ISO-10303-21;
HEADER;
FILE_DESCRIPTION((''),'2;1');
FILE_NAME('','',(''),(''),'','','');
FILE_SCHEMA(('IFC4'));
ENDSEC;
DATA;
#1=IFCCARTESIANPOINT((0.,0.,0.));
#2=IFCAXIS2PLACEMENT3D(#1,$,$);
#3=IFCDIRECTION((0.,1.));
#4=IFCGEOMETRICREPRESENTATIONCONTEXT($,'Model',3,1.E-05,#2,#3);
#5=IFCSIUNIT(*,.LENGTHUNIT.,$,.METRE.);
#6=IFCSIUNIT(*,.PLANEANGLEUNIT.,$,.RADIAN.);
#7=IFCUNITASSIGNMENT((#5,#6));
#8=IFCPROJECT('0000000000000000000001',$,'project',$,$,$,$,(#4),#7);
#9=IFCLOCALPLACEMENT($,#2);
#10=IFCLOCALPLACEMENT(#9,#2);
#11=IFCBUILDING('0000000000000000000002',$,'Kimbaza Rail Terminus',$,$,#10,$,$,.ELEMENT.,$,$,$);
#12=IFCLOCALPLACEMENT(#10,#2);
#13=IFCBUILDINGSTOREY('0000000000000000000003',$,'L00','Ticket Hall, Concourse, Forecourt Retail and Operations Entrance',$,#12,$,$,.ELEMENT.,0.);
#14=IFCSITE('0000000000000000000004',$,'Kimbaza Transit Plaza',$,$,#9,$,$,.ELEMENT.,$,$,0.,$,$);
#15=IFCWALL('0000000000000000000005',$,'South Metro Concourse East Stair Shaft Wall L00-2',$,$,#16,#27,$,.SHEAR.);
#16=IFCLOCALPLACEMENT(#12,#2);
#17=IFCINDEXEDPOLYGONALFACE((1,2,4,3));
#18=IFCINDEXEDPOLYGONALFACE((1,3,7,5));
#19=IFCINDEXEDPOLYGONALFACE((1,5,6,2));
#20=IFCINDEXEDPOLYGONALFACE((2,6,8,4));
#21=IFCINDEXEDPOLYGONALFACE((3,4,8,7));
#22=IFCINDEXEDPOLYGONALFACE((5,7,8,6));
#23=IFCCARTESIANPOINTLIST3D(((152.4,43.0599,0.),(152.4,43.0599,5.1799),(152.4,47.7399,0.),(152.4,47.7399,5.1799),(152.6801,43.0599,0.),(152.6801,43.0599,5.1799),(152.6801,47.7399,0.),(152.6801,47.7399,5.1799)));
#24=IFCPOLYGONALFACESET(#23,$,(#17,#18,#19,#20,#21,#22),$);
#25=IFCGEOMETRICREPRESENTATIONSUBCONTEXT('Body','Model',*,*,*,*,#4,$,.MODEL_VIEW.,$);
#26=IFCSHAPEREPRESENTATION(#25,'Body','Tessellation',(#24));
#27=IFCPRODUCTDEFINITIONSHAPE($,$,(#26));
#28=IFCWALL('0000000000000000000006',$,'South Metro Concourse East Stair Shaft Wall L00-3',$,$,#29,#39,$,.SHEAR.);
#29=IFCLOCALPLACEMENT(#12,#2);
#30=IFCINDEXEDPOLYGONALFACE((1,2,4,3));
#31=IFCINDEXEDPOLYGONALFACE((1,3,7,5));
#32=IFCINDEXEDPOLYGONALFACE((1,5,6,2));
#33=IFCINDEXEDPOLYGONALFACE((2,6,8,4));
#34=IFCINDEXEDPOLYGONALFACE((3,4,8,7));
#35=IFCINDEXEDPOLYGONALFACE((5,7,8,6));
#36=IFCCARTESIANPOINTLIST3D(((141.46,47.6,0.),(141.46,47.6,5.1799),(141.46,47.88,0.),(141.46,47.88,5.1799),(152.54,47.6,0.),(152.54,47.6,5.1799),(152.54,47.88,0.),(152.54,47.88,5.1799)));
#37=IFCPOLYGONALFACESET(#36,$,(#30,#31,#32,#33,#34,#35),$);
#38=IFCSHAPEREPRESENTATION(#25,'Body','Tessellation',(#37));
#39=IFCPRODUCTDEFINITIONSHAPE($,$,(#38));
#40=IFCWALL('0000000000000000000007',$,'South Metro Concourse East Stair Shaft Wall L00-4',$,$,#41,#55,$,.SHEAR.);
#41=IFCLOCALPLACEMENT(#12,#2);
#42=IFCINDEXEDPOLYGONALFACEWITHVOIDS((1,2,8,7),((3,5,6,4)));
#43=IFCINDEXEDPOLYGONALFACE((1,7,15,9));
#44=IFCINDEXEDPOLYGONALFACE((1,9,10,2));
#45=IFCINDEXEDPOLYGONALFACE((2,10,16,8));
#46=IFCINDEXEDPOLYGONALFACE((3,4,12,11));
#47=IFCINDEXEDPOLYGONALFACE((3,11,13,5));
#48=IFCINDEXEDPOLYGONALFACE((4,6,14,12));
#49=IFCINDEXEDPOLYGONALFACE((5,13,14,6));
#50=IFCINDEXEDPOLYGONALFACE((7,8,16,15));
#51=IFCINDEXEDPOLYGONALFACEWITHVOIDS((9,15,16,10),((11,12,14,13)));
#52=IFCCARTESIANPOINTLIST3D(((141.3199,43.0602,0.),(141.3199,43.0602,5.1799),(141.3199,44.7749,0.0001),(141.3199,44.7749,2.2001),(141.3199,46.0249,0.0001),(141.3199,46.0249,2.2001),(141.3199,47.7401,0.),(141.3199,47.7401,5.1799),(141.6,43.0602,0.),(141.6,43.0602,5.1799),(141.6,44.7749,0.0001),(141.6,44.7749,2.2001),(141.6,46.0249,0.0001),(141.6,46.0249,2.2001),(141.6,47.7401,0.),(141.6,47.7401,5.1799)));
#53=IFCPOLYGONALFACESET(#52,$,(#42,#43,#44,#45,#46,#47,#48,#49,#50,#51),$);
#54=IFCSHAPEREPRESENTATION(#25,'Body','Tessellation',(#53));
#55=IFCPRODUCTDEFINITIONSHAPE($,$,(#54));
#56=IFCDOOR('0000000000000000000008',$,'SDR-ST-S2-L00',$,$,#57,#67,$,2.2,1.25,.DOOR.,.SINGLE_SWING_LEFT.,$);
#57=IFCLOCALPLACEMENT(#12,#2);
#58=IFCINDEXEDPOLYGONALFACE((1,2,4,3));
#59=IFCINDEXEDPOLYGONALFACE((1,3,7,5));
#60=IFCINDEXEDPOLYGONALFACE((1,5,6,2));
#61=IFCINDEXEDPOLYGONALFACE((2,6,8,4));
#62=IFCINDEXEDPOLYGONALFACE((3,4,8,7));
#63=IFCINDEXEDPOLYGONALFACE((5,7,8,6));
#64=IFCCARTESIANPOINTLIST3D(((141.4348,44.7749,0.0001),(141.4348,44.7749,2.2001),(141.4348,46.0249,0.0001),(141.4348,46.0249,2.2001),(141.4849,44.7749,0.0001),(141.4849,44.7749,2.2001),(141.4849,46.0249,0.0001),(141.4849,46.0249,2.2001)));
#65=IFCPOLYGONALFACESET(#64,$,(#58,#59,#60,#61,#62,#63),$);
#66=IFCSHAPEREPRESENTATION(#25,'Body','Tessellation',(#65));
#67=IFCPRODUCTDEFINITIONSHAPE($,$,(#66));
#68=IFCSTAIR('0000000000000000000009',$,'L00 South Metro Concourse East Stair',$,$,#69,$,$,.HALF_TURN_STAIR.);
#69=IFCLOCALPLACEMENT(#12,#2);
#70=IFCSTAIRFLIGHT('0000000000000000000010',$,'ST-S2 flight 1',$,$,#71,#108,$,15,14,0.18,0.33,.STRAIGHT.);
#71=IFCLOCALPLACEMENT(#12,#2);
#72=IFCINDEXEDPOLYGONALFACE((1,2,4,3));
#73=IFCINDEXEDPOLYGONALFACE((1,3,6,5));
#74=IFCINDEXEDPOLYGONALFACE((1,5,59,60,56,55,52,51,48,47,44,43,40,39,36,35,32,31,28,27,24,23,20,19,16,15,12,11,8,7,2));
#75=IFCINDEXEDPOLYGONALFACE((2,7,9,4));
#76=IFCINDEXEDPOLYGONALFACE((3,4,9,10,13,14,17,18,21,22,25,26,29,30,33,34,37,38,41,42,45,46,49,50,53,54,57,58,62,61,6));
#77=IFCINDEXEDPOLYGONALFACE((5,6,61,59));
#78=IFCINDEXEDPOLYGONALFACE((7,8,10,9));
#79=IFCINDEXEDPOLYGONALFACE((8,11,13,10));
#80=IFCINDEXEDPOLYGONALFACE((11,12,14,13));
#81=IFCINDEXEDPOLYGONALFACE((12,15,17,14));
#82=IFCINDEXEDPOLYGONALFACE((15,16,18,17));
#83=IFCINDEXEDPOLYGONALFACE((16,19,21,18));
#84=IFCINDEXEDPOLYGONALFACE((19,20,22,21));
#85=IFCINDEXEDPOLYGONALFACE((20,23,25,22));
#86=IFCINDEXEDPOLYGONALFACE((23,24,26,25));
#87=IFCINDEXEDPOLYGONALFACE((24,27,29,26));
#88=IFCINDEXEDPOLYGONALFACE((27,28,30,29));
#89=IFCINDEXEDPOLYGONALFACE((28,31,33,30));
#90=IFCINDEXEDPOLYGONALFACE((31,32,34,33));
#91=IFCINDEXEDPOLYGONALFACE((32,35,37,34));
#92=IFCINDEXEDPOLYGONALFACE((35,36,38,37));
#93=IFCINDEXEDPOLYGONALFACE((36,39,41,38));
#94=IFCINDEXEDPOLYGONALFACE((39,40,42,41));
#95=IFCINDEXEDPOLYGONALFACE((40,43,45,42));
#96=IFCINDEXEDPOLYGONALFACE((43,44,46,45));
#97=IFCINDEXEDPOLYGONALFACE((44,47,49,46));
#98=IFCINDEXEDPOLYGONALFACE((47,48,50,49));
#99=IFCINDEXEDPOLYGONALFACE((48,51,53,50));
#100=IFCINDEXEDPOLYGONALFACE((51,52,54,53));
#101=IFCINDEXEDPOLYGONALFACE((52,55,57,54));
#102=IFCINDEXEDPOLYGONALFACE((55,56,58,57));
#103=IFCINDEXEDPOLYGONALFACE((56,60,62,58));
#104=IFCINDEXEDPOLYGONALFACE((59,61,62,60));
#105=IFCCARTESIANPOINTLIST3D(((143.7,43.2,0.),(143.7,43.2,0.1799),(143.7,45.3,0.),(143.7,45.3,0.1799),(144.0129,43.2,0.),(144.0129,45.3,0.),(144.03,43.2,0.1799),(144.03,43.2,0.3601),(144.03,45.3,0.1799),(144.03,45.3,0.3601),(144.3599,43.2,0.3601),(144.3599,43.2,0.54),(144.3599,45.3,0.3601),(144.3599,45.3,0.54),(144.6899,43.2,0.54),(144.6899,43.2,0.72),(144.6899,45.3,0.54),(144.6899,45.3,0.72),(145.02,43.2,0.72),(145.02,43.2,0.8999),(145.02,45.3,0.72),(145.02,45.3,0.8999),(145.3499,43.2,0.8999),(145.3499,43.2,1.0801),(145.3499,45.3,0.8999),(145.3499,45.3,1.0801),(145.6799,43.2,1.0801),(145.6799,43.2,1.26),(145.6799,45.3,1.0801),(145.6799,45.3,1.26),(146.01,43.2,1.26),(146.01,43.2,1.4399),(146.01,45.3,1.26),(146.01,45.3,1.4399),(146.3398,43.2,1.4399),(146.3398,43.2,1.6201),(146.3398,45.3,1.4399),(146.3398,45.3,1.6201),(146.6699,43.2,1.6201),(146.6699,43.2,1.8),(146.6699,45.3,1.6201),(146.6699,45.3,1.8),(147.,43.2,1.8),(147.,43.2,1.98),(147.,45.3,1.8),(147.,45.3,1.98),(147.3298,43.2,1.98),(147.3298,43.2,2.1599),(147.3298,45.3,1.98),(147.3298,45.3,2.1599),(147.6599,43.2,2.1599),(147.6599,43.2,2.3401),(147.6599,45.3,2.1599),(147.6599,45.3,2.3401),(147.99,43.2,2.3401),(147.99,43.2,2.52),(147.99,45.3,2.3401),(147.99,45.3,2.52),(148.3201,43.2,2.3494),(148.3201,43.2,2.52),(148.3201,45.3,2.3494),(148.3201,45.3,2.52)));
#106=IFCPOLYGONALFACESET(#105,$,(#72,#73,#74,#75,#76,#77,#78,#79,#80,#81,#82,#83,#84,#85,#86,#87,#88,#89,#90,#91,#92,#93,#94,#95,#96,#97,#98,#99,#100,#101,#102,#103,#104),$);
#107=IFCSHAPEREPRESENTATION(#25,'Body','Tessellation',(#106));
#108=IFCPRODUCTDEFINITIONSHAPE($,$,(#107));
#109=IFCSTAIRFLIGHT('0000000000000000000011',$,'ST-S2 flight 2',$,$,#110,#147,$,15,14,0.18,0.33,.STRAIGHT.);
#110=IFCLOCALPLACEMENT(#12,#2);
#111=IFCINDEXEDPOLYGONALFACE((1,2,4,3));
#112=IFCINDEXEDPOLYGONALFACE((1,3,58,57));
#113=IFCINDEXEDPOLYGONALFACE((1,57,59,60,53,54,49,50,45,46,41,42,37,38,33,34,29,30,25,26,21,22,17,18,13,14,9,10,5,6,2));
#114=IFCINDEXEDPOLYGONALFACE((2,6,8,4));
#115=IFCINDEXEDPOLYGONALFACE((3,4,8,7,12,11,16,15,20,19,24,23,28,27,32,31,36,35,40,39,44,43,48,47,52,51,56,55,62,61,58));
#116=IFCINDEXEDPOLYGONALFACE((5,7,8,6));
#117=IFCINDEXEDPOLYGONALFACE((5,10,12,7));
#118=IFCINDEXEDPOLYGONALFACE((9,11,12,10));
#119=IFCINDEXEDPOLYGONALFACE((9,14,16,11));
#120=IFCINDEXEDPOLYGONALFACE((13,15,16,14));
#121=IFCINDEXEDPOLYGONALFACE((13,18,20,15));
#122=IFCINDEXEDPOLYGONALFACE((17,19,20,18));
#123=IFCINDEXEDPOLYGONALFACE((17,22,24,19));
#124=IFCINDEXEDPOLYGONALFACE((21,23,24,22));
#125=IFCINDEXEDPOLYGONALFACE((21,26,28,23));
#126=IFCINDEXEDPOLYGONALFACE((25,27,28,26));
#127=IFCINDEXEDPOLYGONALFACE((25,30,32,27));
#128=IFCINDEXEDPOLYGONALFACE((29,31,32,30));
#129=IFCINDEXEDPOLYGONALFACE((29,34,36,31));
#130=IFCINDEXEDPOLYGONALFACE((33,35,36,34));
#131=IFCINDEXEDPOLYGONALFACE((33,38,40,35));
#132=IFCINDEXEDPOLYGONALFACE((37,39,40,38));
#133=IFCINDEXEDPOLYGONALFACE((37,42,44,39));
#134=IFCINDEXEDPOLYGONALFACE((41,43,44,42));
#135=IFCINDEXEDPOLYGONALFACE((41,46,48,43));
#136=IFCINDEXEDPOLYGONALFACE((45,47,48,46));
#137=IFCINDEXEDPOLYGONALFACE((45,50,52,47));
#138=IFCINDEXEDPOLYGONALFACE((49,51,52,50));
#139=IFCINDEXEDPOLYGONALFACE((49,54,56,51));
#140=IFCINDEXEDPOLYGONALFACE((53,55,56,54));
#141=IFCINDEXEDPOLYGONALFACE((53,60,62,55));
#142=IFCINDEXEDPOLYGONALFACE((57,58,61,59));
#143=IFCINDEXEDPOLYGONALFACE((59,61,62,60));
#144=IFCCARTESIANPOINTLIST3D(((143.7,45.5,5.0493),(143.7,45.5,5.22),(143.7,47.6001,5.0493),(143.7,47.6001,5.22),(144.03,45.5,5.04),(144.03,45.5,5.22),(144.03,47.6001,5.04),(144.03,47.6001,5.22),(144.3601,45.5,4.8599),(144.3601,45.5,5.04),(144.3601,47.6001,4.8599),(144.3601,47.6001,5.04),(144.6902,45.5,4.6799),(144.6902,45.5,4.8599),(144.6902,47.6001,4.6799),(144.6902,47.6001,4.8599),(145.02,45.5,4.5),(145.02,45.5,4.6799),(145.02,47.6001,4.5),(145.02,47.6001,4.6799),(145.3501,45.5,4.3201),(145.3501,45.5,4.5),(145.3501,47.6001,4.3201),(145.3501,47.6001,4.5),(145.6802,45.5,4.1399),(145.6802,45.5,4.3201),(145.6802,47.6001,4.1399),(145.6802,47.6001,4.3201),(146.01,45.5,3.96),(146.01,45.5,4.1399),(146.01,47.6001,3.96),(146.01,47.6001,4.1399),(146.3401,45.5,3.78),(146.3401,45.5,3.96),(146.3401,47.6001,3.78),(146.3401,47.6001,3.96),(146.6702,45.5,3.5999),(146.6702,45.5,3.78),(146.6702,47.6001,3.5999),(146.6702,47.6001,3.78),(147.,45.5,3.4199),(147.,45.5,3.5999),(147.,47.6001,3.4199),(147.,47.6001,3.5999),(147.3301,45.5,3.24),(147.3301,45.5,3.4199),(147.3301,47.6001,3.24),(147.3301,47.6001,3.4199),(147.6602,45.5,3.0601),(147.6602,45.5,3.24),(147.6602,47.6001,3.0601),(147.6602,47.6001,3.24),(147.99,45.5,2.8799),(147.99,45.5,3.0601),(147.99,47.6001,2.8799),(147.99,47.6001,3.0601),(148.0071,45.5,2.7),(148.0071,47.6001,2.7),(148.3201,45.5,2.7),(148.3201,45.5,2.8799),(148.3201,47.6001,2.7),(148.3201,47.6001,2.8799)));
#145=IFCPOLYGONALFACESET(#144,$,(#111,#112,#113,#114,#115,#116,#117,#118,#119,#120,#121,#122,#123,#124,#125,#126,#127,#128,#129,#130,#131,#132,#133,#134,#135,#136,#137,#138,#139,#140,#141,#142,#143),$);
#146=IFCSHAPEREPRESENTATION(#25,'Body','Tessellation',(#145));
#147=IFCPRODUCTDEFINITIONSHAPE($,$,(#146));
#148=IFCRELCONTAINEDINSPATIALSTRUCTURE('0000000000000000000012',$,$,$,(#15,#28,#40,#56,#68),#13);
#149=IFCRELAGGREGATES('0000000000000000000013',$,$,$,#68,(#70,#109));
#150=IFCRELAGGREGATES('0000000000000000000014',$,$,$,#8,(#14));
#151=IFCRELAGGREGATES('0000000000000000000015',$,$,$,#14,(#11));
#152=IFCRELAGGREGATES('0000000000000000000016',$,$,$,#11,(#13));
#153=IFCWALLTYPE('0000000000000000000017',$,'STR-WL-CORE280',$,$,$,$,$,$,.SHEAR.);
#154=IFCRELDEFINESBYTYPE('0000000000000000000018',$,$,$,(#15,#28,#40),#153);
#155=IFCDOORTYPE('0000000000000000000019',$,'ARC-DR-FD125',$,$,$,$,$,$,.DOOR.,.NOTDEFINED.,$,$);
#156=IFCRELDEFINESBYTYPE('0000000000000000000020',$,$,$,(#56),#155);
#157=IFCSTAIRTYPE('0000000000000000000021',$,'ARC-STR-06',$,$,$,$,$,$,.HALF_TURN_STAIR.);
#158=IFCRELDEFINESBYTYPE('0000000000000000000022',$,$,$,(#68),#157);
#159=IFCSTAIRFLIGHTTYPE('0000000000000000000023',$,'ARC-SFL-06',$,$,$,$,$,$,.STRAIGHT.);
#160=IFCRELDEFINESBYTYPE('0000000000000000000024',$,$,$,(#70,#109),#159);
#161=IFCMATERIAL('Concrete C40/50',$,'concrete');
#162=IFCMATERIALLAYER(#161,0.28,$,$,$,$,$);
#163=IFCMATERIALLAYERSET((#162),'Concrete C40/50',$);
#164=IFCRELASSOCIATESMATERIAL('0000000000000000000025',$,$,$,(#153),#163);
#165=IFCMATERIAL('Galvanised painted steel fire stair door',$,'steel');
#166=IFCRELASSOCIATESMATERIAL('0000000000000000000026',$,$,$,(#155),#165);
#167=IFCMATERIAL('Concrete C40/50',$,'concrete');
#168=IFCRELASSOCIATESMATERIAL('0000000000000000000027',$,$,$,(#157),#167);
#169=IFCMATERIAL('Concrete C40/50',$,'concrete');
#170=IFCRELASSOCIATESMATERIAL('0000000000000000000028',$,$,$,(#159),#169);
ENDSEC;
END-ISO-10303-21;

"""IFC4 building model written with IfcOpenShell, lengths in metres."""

from ifc_helpers import new_model, si_unit, direction, frame, frame_2d, origin, place, context, subcontext, project, spatial, polyline, rectangle, outline, extrude, material, layer, layer_set, type_object, element, fill, aggregate, save


model = new_model("IFC4")

# Units and contexts
model_context = context("Model", 3, precision=1e-05, world=origin(), true_north=direction((0.0, 1.0)))
body_context = subcontext(model_context, "Body", "Model", "MODEL_VIEW")
ifc_project = project(units=[si_unit("LENGTHUNIT", "METRE"), si_unit("PLANEANGLEUNIT", "RADIAN")], contexts=[model_context])

# Site, building, storey
site_placement = place(None, origin())
site = spatial("IfcSite", under=ifc_project, at=site_placement, Name="Kimbaza Transit Plaza", CompositionType="ELEMENT", RefElevation=0.0)
building_placement = place(site_placement, origin())
building = spatial("IfcBuilding", under=site, at=building_placement, Name="Kimbaza Rail Terminus", CompositionType="ELEMENT")
storey_placement = place(building_placement, origin())
storey = spatial("IfcBuildingStorey", under=building, at=storey_placement, Name="L00", Description="Ticket Hall, Concourse, Forecourt Retail and Operations Entrance", CompositionType="ELEMENT", Elevation=0.0)

# Walls
ifc_material_1 = material(Name="Concrete C40/50", Category="concrete")
ifc_layer_1 = layer(ifc_material_1, 0.28)
ifc_layer_set_1 = layer_set([ifc_layer_1], Name="Concrete C40/50")
wall_type_1 = type_object("IfcWallType", Name="STR-WL-CORE280", PredefinedType="SHEAR", material=ifc_layer_set_1)
wall_1_placement = place(storey_placement, frame((152.54, 43.0601, 0.0), z_axis=(0.0, 0.0, 1.0), x_axis=(0.0, 1.0, 0.0)))
element("IfcWall", 1, at=wall_1_placement, inside=storey, type_object=wall_type_1, Name="South Metro Concourse East Stair Shaft Wall L00-2", PredefinedType="SHEAR", context=body_context, shape_type="SweptSolid", body=[
    extrude(rectangle(XDim=4.6799, YDim=0.28, at=frame_2d((2.3398, 0.0))), origin(), (0.0, 0.0, 1.0), 5.1799),
])
wall_2_placement = place(storey_placement, frame((152.54, 47.74, 0.0), z_axis=(0.0, 0.0, 1.0), x_axis=(-1.0, 0.0, 0.0)))
element("IfcWall", 2, at=wall_2_placement, inside=storey, type_object=wall_type_1, Name="South Metro Concourse East Stair Shaft Wall L00-3", PredefinedType="SHEAR", context=body_context, shape_type="SweptSolid", body=[
    extrude(rectangle(XDim=11.0801, YDim=0.28, at=frame_2d((5.54, 0.0))), origin(), (0.0, 0.0, 1.0), 5.1799),
])

# Wall, opening, door
wall_3_placement = place(storey_placement, frame((141.46, 47.74, 0.0), z_axis=(0.0, 0.0, 1.0), x_axis=(0.0, -1.0, 0.0)))
wall_3 = element("IfcWall", 3, at=wall_3_placement, inside=storey, type_object=wall_type_1, Name="South Metro Concourse East Stair Shaft Wall L00-4", PredefinedType="SHEAR", context=body_context, shape_type="SweptSolid", body=[
    extrude(rectangle(XDim=4.6799, YDim=0.28, at=frame_2d((2.3398, 0.0))), origin(), (0.0, 0.0, 1.0), 5.1799),
])
opening_1_placement = place(wall_3_placement, frame((1.7151, 0.0, 0.0)))
opening_1 = element("IfcOpeningElement", 4, at=opening_1_placement, cuts=wall_3, PredefinedType="OPENING", context=body_context, shape_type="SweptSolid", body=[
    extrude(rectangle(XDim=1.25, YDim=2.2, at=frame_2d((0.625, 1.1001))), frame((0.0, 0.1499, 0.0), z_axis=(0.0, -1.0, 0.0), x_axis=(1.0, 0.0, 0.0)), (0.0, 0.0, 1.0), 0.3),
])
ifc_material_2 = material(Name="Galvanised painted steel fire stair door", Category="steel")
door_type_1 = type_object("IfcDoorType", Name="ARC-DR-FD125", OperationType="NOTDEFINED", PredefinedType="DOOR", material=ifc_material_2)
door_1_placement = place(opening_1_placement, origin())
door_1 = element("IfcDoor", 5, at=door_1_placement, inside=storey, type_object=door_type_1, Name="SDR-ST-S2-L00", OperationType="SINGLE_SWING_LEFT", OverallHeight=2.2, OverallWidth=1.25, PredefinedType="DOOR", context=body_context, shape_type="SweptSolid", body=[
    extrude(rectangle(XDim=1.25, YDim=2.2, at=frame_2d((0.625, 1.1001))), frame((0.0, 0.0249, 0.0), z_axis=(0.0, -1.0, 0.0), x_axis=(1.0, 0.0, 0.0)), (0.0, 0.0, 1.0), 0.05),
])
fill(opening_1, door_1)

# Stair, stair flights
ifc_material_3 = material(Name="Concrete C40/50", Category="concrete")
stair_type = type_object("IfcStairType", Name="ARC-STR-06", PredefinedType="HALF_TURN_STAIR", material=ifc_material_3)
stair_placement = place(storey_placement, origin())
stair = element("IfcStair", 6, at=stair_placement, inside=storey, type_object=stair_type, Name="L00 South Metro Concourse East Stair", PredefinedType="HALF_TURN_STAIR")
ifc_material_4 = material(Name="Concrete C40/50", Category="concrete")
stair_flight_type = type_object("IfcStairFlightType", Name="ARC-SFL-06", PredefinedType="STRAIGHT", material=ifc_material_4)
stair_flight_1_placement = place(storey_placement, frame((143.7, 44.25, 0.0), z_axis=(0.0, 0.0, 1.0), x_axis=(1.0, 0.0, 0.0)))
stair_flight_1 = element("IfcStairFlight", 7, at=stair_flight_1_placement, type_object=stair_flight_type, Name="ST-S2 flight 1", NumberOfRisers=15, NumberOfTreads=14, PredefinedType="STRAIGHT", RiserHeight=0.18, TreadLength=0.33, context=body_context, shape_type="SweptSolid", body=[
    extrude(outline(polyline([(0.0, 0.0), (0.0, 0.1799), (0.3301, 0.1799), (0.3301, 0.3601), (0.6599, 0.3601), (0.6599, 0.54), (0.99, 0.54), (0.99, 0.72), (1.3201, 0.72), (1.3201, 0.8999), (1.6499, 0.8999), (1.6499, 1.0801), (1.98, 1.0801), (1.98, 1.26), (2.3101, 1.26), (2.3101, 1.4399), (2.6399, 1.4399), (2.6399, 1.6201), (2.97, 1.6201), (2.97, 1.8), (3.3, 1.8), (3.3, 1.98), (3.6299, 1.98), (3.6299, 2.1599), (3.96, 2.1599), (3.96, 2.3401), (4.29, 2.3401), (4.29, 2.52), (4.6201, 2.52), (4.6201, 2.7), (4.6201, 2.3494), (0.313, 0.0), (0.0, 0.0)])), frame((0.0, 1.05, 0.0), z_axis=(0.0, -1.0, 0.0), x_axis=(1.0, 0.0, 0.0)), (0.0, 0.0, 1.0), 2.1001),
])
stair_flight_2_placement = place(storey_placement, frame((148.3201, 46.55, 2.7), z_axis=(0.0, 0.0, 1.0), x_axis=(-1.0, 0.0, 0.0)))
stair_flight_2 = element("IfcStairFlight", 8, at=stair_flight_2_placement, type_object=stair_flight_type, Name="ST-S2 flight 2", NumberOfRisers=15, NumberOfTreads=14, PredefinedType="STRAIGHT", RiserHeight=0.18, TreadLength=0.33, context=body_context, shape_type="SweptSolid", body=[
    extrude(outline(polyline([(0.0, 0.0), (0.0, 0.1799), (0.3301, 0.1799), (0.3301, 0.3601), (0.6599, 0.3601), (0.6599, 0.54), (0.99, 0.54), (0.99, 0.72), (1.3201, 0.72), (1.3201, 0.8999), (1.6499, 0.8999), (1.6499, 1.0801), (1.98, 1.0801), (1.98, 1.26), (2.3101, 1.26), (2.3101, 1.4399), (2.6399, 1.4399), (2.6399, 1.6201), (2.97, 1.6201), (2.97, 1.8), (3.3, 1.8), (3.3, 1.98), (3.6299, 1.98), (3.6299, 2.1599), (3.96, 2.1599), (3.96, 2.3401), (4.29, 2.3401), (4.29, 2.52), (4.6201, 2.52), (4.6201, 2.7), (4.6201, 2.3494), (0.313, 0.0), (0.0, 0.0)])), frame((0.0, 1.05, 0.0), z_axis=(0.0, -1.0, 0.0), x_axis=(1.0, 0.0, 0.0)), (0.0, 0.0, 1.0), 2.1001),
])
aggregate(stair, [stair_flight_1, stair_flight_2])

save(model, "model.ifc")
